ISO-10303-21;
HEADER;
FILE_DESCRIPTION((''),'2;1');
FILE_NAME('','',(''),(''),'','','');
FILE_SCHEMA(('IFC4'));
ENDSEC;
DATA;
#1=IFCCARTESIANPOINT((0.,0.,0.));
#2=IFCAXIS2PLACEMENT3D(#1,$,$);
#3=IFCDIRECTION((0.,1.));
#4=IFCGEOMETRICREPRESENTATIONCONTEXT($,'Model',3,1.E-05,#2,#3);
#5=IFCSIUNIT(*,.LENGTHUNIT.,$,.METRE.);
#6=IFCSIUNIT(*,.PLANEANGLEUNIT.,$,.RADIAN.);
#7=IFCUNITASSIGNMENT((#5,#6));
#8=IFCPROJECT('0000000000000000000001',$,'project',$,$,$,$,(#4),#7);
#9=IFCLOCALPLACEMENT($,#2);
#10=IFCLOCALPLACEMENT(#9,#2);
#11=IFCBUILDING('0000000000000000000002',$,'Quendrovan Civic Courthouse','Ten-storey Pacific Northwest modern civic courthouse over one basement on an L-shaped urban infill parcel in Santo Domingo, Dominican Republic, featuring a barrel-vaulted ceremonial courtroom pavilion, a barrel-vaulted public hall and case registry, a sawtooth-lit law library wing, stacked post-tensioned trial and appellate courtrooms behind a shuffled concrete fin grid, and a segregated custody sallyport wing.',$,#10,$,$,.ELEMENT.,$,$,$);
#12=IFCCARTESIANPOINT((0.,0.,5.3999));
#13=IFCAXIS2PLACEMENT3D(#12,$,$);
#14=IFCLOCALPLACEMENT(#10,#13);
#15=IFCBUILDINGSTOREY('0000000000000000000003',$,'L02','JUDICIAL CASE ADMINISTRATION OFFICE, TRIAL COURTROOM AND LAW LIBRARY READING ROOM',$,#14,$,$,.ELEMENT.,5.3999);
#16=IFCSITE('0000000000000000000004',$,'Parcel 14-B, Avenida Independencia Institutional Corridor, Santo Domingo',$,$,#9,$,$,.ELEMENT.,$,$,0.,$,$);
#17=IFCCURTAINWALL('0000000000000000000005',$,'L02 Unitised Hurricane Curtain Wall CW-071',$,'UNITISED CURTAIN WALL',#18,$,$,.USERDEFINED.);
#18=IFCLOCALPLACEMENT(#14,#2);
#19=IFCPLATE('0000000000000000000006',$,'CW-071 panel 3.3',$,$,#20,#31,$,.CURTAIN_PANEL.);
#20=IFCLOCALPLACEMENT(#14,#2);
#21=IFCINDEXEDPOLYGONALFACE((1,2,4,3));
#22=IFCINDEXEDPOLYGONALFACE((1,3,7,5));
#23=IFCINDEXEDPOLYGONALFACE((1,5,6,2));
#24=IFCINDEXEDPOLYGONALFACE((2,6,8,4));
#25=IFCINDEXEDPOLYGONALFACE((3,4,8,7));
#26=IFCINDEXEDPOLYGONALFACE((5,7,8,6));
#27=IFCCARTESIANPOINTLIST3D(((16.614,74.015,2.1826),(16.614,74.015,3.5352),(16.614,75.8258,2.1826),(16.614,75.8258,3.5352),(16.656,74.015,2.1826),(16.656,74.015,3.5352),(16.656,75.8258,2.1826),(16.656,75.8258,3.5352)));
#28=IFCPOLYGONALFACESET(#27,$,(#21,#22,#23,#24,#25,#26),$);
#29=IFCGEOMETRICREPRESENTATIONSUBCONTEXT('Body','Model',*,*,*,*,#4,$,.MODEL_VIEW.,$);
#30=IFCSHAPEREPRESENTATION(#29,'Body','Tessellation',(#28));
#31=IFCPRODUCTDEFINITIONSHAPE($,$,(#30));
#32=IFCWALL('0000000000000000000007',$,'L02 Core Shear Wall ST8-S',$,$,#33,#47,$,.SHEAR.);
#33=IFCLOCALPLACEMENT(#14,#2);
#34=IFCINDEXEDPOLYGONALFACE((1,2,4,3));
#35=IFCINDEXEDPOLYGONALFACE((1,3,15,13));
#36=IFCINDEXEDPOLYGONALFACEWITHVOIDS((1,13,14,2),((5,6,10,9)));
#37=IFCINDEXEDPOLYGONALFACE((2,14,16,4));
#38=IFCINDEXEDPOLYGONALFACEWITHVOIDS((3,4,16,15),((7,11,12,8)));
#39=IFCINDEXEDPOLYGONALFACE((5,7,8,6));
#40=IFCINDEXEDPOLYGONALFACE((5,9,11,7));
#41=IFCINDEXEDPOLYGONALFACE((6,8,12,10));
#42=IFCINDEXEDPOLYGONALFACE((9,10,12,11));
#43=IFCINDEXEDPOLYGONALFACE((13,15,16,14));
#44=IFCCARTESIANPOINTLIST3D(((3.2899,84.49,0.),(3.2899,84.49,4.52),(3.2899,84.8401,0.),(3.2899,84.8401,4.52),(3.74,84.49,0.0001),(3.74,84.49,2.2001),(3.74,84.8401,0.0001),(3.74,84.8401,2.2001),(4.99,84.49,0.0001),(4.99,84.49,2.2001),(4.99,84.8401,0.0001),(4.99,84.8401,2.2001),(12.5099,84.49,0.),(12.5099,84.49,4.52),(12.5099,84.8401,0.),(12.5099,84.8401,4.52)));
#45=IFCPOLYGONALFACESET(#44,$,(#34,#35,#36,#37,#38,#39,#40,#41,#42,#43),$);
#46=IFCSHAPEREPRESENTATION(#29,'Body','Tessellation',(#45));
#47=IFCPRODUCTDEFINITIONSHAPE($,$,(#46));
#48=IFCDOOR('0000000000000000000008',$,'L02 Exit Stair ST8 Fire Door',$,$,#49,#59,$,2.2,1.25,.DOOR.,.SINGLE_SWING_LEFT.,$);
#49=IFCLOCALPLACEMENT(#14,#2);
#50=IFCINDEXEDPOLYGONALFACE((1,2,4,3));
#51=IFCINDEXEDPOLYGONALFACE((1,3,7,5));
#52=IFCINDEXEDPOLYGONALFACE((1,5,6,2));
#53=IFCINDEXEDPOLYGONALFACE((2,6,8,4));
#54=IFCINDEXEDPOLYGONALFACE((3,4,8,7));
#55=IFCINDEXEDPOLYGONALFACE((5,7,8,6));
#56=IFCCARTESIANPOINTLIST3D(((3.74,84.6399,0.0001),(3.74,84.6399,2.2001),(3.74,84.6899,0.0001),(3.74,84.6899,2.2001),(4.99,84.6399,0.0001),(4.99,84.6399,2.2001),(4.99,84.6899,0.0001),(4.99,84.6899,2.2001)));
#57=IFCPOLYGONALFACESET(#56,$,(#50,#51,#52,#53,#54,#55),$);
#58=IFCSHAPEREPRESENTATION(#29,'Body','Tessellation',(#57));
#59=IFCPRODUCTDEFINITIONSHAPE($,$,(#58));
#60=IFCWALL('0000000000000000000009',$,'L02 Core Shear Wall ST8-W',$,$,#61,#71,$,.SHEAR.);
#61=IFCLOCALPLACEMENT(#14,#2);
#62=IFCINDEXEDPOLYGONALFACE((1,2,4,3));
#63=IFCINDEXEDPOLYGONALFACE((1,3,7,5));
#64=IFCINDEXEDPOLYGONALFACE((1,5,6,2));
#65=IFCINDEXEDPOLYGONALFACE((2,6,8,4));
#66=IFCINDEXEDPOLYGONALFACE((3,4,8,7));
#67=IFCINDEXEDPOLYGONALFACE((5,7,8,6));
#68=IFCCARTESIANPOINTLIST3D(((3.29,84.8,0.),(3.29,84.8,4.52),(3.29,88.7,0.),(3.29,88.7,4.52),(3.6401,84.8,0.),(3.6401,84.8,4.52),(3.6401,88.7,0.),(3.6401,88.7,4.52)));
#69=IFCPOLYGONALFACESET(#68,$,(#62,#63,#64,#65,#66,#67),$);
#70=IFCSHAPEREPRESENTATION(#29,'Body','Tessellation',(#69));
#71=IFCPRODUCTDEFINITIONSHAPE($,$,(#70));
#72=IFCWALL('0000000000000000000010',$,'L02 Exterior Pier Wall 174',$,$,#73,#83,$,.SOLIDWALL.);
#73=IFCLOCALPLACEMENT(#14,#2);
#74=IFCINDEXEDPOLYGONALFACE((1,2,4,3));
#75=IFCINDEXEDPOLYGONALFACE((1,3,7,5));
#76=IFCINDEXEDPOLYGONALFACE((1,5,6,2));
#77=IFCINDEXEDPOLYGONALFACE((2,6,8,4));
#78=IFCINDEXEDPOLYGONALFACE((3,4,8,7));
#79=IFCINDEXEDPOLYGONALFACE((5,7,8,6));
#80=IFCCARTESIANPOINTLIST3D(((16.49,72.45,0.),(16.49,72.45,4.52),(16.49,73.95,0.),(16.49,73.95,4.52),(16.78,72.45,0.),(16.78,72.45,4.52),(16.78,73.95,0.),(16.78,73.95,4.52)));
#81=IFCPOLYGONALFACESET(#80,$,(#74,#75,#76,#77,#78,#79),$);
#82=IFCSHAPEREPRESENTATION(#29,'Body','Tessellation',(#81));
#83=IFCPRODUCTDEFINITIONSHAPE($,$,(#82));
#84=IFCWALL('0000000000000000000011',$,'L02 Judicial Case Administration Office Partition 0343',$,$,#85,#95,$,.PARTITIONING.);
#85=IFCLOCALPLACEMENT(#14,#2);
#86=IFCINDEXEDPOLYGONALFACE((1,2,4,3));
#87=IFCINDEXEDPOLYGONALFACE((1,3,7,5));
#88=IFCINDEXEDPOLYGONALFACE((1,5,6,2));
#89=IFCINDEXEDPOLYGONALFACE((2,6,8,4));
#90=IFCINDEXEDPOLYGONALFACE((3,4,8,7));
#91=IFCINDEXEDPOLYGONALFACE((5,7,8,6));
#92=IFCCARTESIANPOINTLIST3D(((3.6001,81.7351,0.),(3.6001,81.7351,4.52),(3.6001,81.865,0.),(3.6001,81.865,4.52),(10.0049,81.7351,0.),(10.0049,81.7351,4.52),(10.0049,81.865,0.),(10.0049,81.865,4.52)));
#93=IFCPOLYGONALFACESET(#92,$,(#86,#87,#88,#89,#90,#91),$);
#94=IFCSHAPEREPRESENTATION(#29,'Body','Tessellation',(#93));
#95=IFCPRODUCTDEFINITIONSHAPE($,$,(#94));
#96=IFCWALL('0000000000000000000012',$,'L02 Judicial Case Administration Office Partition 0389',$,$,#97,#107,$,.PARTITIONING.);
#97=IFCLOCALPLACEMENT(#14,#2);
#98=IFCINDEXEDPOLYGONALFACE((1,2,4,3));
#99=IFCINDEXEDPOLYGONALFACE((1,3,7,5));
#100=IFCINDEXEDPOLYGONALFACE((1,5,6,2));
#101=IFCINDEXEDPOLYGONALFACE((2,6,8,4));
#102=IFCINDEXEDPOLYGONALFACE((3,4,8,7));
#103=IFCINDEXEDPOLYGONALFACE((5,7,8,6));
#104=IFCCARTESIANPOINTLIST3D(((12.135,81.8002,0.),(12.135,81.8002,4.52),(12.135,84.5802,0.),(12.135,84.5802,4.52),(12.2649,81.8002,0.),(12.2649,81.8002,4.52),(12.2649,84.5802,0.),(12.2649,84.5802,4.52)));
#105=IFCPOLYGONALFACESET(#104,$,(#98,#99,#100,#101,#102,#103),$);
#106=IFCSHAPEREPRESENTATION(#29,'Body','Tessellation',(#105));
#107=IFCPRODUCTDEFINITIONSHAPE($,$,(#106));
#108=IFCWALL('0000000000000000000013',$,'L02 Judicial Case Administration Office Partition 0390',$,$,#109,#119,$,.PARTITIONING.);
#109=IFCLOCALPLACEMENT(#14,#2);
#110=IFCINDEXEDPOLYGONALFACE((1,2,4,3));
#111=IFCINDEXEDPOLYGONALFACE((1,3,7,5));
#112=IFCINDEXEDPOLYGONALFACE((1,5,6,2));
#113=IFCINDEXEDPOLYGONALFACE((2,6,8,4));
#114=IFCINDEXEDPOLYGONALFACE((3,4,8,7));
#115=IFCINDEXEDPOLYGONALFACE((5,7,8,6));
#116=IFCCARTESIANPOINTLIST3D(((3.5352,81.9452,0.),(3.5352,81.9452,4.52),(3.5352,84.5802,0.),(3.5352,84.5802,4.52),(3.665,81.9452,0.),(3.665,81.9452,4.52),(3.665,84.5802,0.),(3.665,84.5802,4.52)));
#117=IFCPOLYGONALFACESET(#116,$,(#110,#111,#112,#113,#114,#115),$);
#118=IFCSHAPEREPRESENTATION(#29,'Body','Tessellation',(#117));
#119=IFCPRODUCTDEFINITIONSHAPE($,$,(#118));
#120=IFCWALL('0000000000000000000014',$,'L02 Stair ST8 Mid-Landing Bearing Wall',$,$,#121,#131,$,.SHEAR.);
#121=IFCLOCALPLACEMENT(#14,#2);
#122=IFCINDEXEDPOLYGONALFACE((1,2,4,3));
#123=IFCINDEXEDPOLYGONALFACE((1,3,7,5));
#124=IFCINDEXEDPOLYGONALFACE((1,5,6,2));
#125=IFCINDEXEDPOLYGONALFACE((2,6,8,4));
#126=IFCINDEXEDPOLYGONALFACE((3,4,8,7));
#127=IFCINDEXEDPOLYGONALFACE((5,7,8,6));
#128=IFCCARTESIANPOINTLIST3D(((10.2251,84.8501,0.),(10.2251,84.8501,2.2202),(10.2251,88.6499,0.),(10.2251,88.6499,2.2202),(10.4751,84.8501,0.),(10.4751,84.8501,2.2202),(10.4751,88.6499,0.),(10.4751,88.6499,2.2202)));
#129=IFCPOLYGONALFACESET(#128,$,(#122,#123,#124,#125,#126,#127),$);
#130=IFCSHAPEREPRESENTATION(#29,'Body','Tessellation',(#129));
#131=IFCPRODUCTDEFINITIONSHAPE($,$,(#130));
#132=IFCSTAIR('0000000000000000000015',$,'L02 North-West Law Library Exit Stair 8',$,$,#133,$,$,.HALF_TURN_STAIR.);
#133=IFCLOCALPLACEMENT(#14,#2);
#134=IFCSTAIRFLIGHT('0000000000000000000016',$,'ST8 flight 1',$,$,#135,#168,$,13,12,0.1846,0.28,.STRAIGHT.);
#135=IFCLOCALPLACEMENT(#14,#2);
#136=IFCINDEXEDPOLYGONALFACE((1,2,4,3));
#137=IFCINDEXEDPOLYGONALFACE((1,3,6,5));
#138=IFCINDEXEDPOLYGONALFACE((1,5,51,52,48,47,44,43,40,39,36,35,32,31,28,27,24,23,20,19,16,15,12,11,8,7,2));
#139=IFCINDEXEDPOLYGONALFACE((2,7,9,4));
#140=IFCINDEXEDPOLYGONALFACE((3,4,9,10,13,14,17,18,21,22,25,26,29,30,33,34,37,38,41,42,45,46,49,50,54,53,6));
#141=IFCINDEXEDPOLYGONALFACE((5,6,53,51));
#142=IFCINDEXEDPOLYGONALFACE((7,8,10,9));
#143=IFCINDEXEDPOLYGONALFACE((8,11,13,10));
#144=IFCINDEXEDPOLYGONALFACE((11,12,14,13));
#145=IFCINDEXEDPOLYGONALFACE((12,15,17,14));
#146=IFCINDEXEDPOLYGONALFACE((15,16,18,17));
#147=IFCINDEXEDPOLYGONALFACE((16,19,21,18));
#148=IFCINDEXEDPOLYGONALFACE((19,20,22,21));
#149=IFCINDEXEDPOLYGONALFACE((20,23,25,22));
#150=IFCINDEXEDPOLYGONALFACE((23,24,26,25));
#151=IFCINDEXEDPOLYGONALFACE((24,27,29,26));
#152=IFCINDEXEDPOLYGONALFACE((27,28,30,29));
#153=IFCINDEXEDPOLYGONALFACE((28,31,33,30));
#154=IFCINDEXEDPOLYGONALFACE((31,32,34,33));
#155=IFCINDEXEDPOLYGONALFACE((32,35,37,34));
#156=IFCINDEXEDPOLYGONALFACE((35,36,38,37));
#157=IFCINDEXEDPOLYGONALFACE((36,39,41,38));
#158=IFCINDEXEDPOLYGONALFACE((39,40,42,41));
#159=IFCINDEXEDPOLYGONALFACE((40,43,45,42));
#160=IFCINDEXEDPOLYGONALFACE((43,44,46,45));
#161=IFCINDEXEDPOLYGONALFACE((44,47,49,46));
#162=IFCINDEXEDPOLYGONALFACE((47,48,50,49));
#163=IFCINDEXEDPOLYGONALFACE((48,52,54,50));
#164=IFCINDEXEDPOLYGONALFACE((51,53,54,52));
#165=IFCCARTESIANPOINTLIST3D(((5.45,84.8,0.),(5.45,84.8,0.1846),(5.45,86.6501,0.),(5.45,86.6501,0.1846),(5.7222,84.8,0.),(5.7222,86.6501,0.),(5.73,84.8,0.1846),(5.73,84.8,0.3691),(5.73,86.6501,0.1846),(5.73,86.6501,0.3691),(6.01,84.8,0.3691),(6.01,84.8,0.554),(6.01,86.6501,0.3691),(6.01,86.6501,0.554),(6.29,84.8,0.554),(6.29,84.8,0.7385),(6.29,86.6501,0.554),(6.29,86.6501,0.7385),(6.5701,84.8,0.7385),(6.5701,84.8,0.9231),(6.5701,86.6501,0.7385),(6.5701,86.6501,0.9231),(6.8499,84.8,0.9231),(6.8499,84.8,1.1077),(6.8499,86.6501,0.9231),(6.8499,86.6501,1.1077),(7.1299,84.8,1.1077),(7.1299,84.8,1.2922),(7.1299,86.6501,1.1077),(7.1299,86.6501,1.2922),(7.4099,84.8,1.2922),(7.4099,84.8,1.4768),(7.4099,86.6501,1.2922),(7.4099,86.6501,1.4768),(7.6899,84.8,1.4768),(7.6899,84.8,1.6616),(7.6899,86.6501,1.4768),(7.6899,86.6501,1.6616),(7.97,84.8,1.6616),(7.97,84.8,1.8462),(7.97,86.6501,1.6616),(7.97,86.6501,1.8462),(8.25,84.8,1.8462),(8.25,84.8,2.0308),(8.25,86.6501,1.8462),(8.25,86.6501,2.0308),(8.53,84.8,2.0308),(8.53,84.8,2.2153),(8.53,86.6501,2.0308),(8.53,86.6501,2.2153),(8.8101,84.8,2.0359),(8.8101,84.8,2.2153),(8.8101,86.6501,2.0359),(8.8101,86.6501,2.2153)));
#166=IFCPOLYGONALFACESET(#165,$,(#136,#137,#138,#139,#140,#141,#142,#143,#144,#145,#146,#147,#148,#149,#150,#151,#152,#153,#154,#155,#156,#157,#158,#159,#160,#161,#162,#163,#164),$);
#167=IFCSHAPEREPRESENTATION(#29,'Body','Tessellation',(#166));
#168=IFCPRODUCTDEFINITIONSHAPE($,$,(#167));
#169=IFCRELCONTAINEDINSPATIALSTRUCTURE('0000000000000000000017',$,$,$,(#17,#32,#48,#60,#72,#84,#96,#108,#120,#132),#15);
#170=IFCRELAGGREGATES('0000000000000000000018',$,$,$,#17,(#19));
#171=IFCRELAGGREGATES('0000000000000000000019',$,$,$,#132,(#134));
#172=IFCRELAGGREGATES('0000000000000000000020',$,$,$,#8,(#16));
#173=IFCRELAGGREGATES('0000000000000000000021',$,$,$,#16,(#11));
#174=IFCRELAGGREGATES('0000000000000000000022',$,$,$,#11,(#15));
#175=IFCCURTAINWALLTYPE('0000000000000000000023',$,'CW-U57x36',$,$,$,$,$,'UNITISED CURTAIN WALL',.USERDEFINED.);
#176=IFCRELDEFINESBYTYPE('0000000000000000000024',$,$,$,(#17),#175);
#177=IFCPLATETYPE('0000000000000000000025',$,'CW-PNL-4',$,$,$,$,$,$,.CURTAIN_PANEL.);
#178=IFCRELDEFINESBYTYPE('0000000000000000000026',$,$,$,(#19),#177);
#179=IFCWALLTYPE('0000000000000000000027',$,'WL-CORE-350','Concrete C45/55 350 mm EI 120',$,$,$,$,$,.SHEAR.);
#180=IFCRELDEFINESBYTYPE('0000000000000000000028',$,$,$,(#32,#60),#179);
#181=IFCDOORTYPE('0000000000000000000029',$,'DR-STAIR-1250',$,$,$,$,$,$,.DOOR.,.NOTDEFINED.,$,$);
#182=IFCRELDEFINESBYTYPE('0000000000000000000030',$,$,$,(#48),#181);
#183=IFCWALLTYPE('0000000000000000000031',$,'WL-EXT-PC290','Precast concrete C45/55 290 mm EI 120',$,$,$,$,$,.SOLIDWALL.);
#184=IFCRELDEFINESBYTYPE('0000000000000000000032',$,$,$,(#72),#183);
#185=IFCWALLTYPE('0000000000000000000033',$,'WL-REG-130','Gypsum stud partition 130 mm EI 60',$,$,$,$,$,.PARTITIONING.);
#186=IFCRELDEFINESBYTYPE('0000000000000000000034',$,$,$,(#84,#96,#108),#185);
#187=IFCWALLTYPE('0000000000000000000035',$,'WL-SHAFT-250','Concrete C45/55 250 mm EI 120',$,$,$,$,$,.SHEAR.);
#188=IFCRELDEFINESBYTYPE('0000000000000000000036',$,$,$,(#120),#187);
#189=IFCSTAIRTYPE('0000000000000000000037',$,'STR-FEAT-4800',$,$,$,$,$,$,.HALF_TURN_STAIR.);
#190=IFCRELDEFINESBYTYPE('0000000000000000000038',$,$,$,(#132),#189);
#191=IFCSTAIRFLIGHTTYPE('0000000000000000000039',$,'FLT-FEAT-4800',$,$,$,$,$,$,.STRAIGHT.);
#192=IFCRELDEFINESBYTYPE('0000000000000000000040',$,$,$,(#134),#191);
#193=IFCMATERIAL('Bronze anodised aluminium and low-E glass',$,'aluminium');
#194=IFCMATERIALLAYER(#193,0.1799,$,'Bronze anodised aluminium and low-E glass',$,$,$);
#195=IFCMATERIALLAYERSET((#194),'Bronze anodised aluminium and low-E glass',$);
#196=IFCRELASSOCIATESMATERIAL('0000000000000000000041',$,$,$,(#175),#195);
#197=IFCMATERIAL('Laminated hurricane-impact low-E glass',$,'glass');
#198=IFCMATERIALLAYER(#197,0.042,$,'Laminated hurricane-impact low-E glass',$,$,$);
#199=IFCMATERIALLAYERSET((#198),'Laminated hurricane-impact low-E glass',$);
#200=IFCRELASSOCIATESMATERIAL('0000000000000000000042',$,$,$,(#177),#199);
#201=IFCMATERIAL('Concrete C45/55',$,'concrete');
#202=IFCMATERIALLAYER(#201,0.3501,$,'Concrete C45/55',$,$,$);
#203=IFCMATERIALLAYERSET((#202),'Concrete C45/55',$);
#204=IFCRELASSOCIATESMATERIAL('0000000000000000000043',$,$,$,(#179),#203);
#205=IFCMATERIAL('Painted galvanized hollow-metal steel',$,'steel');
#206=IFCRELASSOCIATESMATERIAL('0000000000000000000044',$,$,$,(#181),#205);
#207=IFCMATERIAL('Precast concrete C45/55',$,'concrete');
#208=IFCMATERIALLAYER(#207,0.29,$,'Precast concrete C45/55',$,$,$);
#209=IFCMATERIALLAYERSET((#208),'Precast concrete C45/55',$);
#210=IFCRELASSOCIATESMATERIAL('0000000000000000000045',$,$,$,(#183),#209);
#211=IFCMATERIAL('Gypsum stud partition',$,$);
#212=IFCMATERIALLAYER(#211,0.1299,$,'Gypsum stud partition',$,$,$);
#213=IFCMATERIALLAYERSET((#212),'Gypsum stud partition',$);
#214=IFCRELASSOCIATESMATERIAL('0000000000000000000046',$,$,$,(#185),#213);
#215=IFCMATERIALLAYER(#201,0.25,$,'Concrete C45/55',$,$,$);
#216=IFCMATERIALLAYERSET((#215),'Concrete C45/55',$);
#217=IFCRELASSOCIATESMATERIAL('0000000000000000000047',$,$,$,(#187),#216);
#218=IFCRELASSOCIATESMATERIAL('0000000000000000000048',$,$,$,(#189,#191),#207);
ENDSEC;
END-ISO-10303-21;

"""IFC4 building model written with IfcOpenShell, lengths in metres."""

from ifc_helpers import new_model, si_unit, direction, frame, frame_2d, origin, origin_2d, place, context, subcontext, project, spatial, polyline, rectangle, outline, extrude, material, layer, layer_set, type_object, element, fill, aggregate, save


model = new_model("IFC4")

# Units and contexts
model_context = context("Model", 3, precision=1e-05, world=origin(), true_north=direction((0.0, 1.0)))
body_context = subcontext(model_context, "Body", "Model", "MODEL_VIEW")
ifc_project = project(units=[si_unit("LENGTHUNIT", "METRE"), si_unit("PLANEANGLEUNIT", "RADIAN")], contexts=[model_context])

# Site, building, storey
site_placement = place(None, origin())
site = spatial("IfcSite", under=ifc_project, at=site_placement, Name="Parcel 14-B, Avenida Independencia Institutional Corridor, Santo Domingo", CompositionType="ELEMENT", RefElevation=0.0)
building_placement = place(site_placement, origin())
building = spatial("IfcBuilding", under=site, at=building_placement, Name="Quendrovan Civic Courthouse", Description="Ten-storey Pacific Northwest modern civic courthouse over one basement on an L-shaped urban infill parcel in Santo Domingo, Dominican Republic, featuring a barrel-vaulted ceremonial courtroom pavilion, a barrel-vaulted public hall and case registry, a sawtooth-lit law library wing, stacked post-tensioned trial and appellate courtrooms behind a shuffled concrete fin grid, and a segregated custody sallyport wing.", CompositionType="ELEMENT")
storey_placement = place(building_placement, frame((0.0, 0.0, 5.3999)))
storey = spatial("IfcBuildingStorey", under=building, at=storey_placement, Name="L02", Description="JUDICIAL CASE ADMINISTRATION OFFICE, TRIAL COURTROOM AND LAW LIBRARY READING ROOM", CompositionType="ELEMENT", Elevation=5.3999)

# Shared definitions
ifc_material_1 = material(Name="Concrete C45/55", Category="concrete")

# Shared definitions
ifc_material_2 = material(Name="Bronze anodised aluminium and low-E glass", Category="aluminium")

# Curtain wall
ifc_layer_1 = layer(ifc_material_2, 0.1799, Name="Bronze anodised aluminium and low-E glass")
ifc_layer_set_1 = layer_set([ifc_layer_1], Name="Bronze anodised aluminium and low-E glass")
curtain_wall_type_1 = type_object("IfcCurtainWallType", Name="CW-U57x36", ElementType="UNITISED CURTAIN WALL", PredefinedType="USERDEFINED", material=ifc_layer_set_1)
curtain_wall_1_placement = place(storey_placement, origin())
curtain_wall_1 = element("IfcCurtainWall", 1, at=curtain_wall_1_placement, inside=storey, type_object=curtain_wall_type_1, Name="L02 Unitised Hurricane Curtain Wall CW-071", ObjectType="UNITISED CURTAIN WALL", PredefinedType="USERDEFINED")

# Plate
ifc_material_3 = material(Name="Laminated hurricane-impact low-E glass", Category="glass")
ifc_layer_2 = layer(ifc_material_3, 0.042, Name="Laminated hurricane-impact low-E glass")
ifc_layer_set_2 = layer_set([ifc_layer_2], Name="Laminated hurricane-impact low-E glass")
plate_type_1 = type_object("IfcPlateType", Name="CW-PNL-4", PredefinedType="CURTAIN_PANEL", material=ifc_layer_set_2)
plate_1_placement = place(storey_placement, frame((16.635, 74.9204, 2.1826), z_axis=(0.0, 0.0, 1.0), x_axis=(0.0, -1.0, 0.0)))
plate_1 = element("IfcPlate", 2, at=plate_1_placement, type_object=plate_type_1, Name="CW-071 panel 3.3", PredefinedType="CURTAIN_PANEL", context=body_context, shape_type="SweptSolid", body=[
    extrude(rectangle(XDim=1.8108, YDim=0.042, at=origin_2d()), origin(), (0.0, 0.0, 1.0), 1.3525),
])
aggregate(curtain_wall_1, [plate_1])

# Wall, opening, door
ifc_layer_3 = layer(ifc_material_1, 0.3501, Name="Concrete C45/55")
ifc_layer_set_3 = layer_set([ifc_layer_3], Name="Concrete C45/55")
wall_type_1 = type_object("IfcWallType", Name="WL-CORE-350", Description="Concrete C45/55 350 mm EI 120", PredefinedType="SHEAR", material=ifc_layer_set_3)
wall_1_placement = place(storey_placement, frame((3.29, 84.665, 0.0), z_axis=(0.0, 0.0, 1.0), x_axis=(1.0, 0.0, 0.0)))
wall_1 = element("IfcWall", 3, at=wall_1_placement, inside=storey, type_object=wall_type_1, Name="L02 Core Shear Wall ST8-S", PredefinedType="SHEAR", context=body_context, shape_type="SweptSolid", body=[
    extrude(rectangle(XDim=9.22, YDim=0.3501, at=frame_2d((4.6099, 0.0))), origin(), (0.0, 0.0, 1.0), 4.52),
])
opening_placement = place(wall_1_placement, frame((0.45, 0.0, 0.0)))
opening = element("IfcOpeningElement", 4, at=opening_placement, cuts=wall_1, PredefinedType="OPENING", context=body_context, shape_type="SweptSolid", body=[
    extrude(rectangle(XDim=1.25, YDim=2.2, at=frame_2d((0.625, 1.1001))), frame((0.0, 0.1851, 0.0), z_axis=(0.0, -1.0, 0.0), x_axis=(1.0, 0.0, 0.0)), (0.0, 0.0, 1.0), 0.3701),
])
ifc_material_4 = material(Name="Painted galvanized hollow-metal steel", Category="steel")
door_type = type_object("IfcDoorType", Name="DR-STAIR-1250", OperationType="NOTDEFINED", PredefinedType="DOOR", material=ifc_material_4)
door_placement = place(opening_placement, origin())
door = element("IfcDoor", 5, at=door_placement, inside=storey, type_object=door_type, Name="L02 Exit Stair ST8 Fire Door", OperationType="SINGLE_SWING_LEFT", OverallHeight=2.2, OverallWidth=1.25, PredefinedType="DOOR", context=body_context, shape_type="SweptSolid", body=[
    extrude(rectangle(XDim=1.25, YDim=2.2, at=frame_2d((0.625, 1.1001))), frame((0.0, 0.0249, 0.0), z_axis=(0.0, -1.0, 0.0), x_axis=(1.0, 0.0, 0.0)), (0.0, 0.0, 1.0), 0.05),
])
fill(opening, door)

# Walls
wall_2_placement = place(storey_placement, frame((3.4651, 84.8, 0.0), z_axis=(0.0, 0.0, 1.0), x_axis=(0.0, 1.0, 0.0)))
element("IfcWall", 6, at=wall_2_placement, inside=storey, type_object=wall_type_1, Name="L02 Core Shear Wall ST8-W", PredefinedType="SHEAR", context=body_context, shape_type="SweptSolid", body=[
    extrude(rectangle(XDim=3.8999, YDim=0.3501, at=frame_2d((1.95, 0.0))), origin(), (0.0, 0.0, 1.0), 4.52),
])
ifc_material_5 = material(Name="Precast concrete C45/55", Category="concrete")
ifc_layer_4 = layer(ifc_material_5, 0.29, Name="Precast concrete C45/55")
ifc_layer_set_4 = layer_set([ifc_layer_4], Name="Precast concrete C45/55")
wall_type_2 = type_object("IfcWallType", Name="WL-EXT-PC290", Description="Precast concrete C45/55 290 mm EI 120", PredefinedType="SOLIDWALL", material=ifc_layer_set_4)
wall_3_placement = place(storey_placement, frame((16.635, 73.95, 0.0), z_axis=(0.0, 0.0, 1.0), x_axis=(0.0, -1.0, 0.0)))
element("IfcWall", 7, at=wall_3_placement, inside=storey, type_object=wall_type_2, Name="L02 Exterior Pier Wall 174", PredefinedType="SOLIDWALL", context=body_context, shape_type="SweptSolid", body=[
    extrude(rectangle(XDim=1.5, YDim=0.29, at=frame_2d((0.75, 0.0))), origin(), (0.0, 0.0, 1.0), 4.52),
])
ifc_material_6 = material(Name="Gypsum stud partition")
ifc_layer_5 = layer(ifc_material_6, 0.1299, Name="Gypsum stud partition")
ifc_layer_set_5 = layer_set([ifc_layer_5], Name="Gypsum stud partition")
wall_type_3 = type_object("IfcWallType", Name="WL-REG-130", Description="Gypsum stud partition 130 mm EI 60", PredefinedType="PARTITIONING", material=ifc_layer_set_5)
wall_4_placement = place(storey_placement, frame((3.6001, 81.8, 0.0), z_axis=(0.0, 0.0, 1.0), x_axis=(1.0, 0.0, 0.0)))
element("IfcWall", 8, at=wall_4_placement, inside=storey, type_object=wall_type_3, Name="L02 Judicial Case Administration Office Partition 0343", PredefinedType="PARTITIONING", context=body_context, shape_type="SweptSolid", body=[
    extrude(rectangle(XDim=6.4048, YDim=0.1299, at=frame_2d((3.2024, 0.0))), origin(), (0.0, 0.0, 1.0), 4.52),
])
wall_5_placement = place(storey_placement, frame((12.2, 81.8, 0.0), z_axis=(0.0, 0.0, 1.0), x_axis=(0.0, 1.0, 0.0)))
element("IfcWall", 9, at=wall_5_placement, inside=storey, type_object=wall_type_3, Name="L02 Judicial Case Administration Office Partition 0389", PredefinedType="PARTITIONING", context=body_context, shape_type="SweptSolid", body=[
    extrude(rectangle(XDim=2.78, YDim=0.1299, at=frame_2d((1.3901, 0.0))), origin(), (0.0, 0.0, 1.0), 4.52),
])
wall_6_placement = place(storey_placement, frame((3.6001, 84.5801, 0.0), z_axis=(0.0, 0.0, 1.0), x_axis=(0.0, -1.0, 0.0)))
element("IfcWall", 10, at=wall_6_placement, inside=storey, type_object=wall_type_3, Name="L02 Judicial Case Administration Office Partition 0390", PredefinedType="PARTITIONING", context=body_context, shape_type="SweptSolid", body=[
    extrude(rectangle(XDim=2.635, YDim=0.1299, at=frame_2d((1.3174, 0.0))), origin(), (0.0, 0.0, 1.0), 4.52),
])
ifc_layer_6 = layer(ifc_material_1, 0.25, Name="Concrete C45/55")
ifc_layer_set_6 = layer_set([ifc_layer_6], Name="Concrete C45/55")
wall_type_4 = type_object("IfcWallType", Name="WL-SHAFT-250", Description="Concrete C45/55 250 mm EI 120", PredefinedType="SHEAR", material=ifc_layer_set_6)
wall_7_placement = place(storey_placement, frame((10.3501, 84.8501, 0.0), z_axis=(0.0, 0.0, 1.0), x_axis=(0.0, 1.0, 0.0)))
element("IfcWall", 11, at=wall_7_placement, inside=storey, type_object=wall_type_4, Name="L02 Stair ST8 Mid-Landing Bearing Wall", PredefinedType="SHEAR", context=body_context, shape_type="SweptSolid", body=[
    extrude(rectangle(XDim=3.7998, YDim=0.25, at=frame_2d((1.8999, 0.0))), origin(), (0.0, 0.0, 1.0), 2.2202),
])

# Stair, stair flight
stair_type = type_object("IfcStairType", Name="STR-FEAT-4800", PredefinedType="HALF_TURN_STAIR", material=ifc_material_5)
stair_placement = place(storey_placement, origin())
stair = element("IfcStair", 12, at=stair_placement, inside=storey, type_object=stair_type, Name="L02 North-West Law Library Exit Stair 8", PredefinedType="HALF_TURN_STAIR")
stair_flight_type = type_object("IfcStairFlightType", Name="FLT-FEAT-4800", PredefinedType="STRAIGHT", material=ifc_material_5)
stair_flight_placement = place(storey_placement, frame((5.45, 85.7251, 0.0), z_axis=(0.0, 0.0, 1.0), x_axis=(1.0, 0.0, 0.0)))
stair_flight = element("IfcStairFlight", 13, at=stair_flight_placement, type_object=stair_flight_type, Name="ST8 flight 1", NumberOfRisers=13, NumberOfTreads=12, PredefinedType="STRAIGHT", RiserHeight=0.1846, TreadLength=0.28, context=body_context, shape_type="SweptSolid", body=[
    extrude(outline(polyline([(0.0, 0.0), (0.0, 0.1846), (0.28, 0.1846), (0.28, 0.3691), (0.5601, 0.3691), (0.5601, 0.554), (0.8401, 0.554), (0.8401, 0.7385), (1.1201, 0.7385), (1.1201, 0.9231), (1.3999, 0.9231), (1.3999, 1.1077), (1.6799, 1.1077), (1.6799, 1.2922), (1.96, 1.2922), (1.96, 1.4768), (2.24, 1.4768), (2.24, 1.6616), (2.52, 1.6616), (2.52, 1.8462), (2.8, 1.8462), (2.8, 2.0308), (3.0801, 2.0308), (3.0801, 2.2153), (3.3601, 2.2153), (3.3601, 2.3999), (3.3601, 2.0359), (0.2722, 0.0), (0.0, 0.0)])), frame((0.0, 0.925, 0.0), z_axis=(0.0, -1.0, 0.0), x_axis=(1.0, 0.0, 0.0)), (0.0, 0.0, 1.0), 1.8501),
])
aggregate(stair, [stair_flight])

save(model, "model.ifc")
